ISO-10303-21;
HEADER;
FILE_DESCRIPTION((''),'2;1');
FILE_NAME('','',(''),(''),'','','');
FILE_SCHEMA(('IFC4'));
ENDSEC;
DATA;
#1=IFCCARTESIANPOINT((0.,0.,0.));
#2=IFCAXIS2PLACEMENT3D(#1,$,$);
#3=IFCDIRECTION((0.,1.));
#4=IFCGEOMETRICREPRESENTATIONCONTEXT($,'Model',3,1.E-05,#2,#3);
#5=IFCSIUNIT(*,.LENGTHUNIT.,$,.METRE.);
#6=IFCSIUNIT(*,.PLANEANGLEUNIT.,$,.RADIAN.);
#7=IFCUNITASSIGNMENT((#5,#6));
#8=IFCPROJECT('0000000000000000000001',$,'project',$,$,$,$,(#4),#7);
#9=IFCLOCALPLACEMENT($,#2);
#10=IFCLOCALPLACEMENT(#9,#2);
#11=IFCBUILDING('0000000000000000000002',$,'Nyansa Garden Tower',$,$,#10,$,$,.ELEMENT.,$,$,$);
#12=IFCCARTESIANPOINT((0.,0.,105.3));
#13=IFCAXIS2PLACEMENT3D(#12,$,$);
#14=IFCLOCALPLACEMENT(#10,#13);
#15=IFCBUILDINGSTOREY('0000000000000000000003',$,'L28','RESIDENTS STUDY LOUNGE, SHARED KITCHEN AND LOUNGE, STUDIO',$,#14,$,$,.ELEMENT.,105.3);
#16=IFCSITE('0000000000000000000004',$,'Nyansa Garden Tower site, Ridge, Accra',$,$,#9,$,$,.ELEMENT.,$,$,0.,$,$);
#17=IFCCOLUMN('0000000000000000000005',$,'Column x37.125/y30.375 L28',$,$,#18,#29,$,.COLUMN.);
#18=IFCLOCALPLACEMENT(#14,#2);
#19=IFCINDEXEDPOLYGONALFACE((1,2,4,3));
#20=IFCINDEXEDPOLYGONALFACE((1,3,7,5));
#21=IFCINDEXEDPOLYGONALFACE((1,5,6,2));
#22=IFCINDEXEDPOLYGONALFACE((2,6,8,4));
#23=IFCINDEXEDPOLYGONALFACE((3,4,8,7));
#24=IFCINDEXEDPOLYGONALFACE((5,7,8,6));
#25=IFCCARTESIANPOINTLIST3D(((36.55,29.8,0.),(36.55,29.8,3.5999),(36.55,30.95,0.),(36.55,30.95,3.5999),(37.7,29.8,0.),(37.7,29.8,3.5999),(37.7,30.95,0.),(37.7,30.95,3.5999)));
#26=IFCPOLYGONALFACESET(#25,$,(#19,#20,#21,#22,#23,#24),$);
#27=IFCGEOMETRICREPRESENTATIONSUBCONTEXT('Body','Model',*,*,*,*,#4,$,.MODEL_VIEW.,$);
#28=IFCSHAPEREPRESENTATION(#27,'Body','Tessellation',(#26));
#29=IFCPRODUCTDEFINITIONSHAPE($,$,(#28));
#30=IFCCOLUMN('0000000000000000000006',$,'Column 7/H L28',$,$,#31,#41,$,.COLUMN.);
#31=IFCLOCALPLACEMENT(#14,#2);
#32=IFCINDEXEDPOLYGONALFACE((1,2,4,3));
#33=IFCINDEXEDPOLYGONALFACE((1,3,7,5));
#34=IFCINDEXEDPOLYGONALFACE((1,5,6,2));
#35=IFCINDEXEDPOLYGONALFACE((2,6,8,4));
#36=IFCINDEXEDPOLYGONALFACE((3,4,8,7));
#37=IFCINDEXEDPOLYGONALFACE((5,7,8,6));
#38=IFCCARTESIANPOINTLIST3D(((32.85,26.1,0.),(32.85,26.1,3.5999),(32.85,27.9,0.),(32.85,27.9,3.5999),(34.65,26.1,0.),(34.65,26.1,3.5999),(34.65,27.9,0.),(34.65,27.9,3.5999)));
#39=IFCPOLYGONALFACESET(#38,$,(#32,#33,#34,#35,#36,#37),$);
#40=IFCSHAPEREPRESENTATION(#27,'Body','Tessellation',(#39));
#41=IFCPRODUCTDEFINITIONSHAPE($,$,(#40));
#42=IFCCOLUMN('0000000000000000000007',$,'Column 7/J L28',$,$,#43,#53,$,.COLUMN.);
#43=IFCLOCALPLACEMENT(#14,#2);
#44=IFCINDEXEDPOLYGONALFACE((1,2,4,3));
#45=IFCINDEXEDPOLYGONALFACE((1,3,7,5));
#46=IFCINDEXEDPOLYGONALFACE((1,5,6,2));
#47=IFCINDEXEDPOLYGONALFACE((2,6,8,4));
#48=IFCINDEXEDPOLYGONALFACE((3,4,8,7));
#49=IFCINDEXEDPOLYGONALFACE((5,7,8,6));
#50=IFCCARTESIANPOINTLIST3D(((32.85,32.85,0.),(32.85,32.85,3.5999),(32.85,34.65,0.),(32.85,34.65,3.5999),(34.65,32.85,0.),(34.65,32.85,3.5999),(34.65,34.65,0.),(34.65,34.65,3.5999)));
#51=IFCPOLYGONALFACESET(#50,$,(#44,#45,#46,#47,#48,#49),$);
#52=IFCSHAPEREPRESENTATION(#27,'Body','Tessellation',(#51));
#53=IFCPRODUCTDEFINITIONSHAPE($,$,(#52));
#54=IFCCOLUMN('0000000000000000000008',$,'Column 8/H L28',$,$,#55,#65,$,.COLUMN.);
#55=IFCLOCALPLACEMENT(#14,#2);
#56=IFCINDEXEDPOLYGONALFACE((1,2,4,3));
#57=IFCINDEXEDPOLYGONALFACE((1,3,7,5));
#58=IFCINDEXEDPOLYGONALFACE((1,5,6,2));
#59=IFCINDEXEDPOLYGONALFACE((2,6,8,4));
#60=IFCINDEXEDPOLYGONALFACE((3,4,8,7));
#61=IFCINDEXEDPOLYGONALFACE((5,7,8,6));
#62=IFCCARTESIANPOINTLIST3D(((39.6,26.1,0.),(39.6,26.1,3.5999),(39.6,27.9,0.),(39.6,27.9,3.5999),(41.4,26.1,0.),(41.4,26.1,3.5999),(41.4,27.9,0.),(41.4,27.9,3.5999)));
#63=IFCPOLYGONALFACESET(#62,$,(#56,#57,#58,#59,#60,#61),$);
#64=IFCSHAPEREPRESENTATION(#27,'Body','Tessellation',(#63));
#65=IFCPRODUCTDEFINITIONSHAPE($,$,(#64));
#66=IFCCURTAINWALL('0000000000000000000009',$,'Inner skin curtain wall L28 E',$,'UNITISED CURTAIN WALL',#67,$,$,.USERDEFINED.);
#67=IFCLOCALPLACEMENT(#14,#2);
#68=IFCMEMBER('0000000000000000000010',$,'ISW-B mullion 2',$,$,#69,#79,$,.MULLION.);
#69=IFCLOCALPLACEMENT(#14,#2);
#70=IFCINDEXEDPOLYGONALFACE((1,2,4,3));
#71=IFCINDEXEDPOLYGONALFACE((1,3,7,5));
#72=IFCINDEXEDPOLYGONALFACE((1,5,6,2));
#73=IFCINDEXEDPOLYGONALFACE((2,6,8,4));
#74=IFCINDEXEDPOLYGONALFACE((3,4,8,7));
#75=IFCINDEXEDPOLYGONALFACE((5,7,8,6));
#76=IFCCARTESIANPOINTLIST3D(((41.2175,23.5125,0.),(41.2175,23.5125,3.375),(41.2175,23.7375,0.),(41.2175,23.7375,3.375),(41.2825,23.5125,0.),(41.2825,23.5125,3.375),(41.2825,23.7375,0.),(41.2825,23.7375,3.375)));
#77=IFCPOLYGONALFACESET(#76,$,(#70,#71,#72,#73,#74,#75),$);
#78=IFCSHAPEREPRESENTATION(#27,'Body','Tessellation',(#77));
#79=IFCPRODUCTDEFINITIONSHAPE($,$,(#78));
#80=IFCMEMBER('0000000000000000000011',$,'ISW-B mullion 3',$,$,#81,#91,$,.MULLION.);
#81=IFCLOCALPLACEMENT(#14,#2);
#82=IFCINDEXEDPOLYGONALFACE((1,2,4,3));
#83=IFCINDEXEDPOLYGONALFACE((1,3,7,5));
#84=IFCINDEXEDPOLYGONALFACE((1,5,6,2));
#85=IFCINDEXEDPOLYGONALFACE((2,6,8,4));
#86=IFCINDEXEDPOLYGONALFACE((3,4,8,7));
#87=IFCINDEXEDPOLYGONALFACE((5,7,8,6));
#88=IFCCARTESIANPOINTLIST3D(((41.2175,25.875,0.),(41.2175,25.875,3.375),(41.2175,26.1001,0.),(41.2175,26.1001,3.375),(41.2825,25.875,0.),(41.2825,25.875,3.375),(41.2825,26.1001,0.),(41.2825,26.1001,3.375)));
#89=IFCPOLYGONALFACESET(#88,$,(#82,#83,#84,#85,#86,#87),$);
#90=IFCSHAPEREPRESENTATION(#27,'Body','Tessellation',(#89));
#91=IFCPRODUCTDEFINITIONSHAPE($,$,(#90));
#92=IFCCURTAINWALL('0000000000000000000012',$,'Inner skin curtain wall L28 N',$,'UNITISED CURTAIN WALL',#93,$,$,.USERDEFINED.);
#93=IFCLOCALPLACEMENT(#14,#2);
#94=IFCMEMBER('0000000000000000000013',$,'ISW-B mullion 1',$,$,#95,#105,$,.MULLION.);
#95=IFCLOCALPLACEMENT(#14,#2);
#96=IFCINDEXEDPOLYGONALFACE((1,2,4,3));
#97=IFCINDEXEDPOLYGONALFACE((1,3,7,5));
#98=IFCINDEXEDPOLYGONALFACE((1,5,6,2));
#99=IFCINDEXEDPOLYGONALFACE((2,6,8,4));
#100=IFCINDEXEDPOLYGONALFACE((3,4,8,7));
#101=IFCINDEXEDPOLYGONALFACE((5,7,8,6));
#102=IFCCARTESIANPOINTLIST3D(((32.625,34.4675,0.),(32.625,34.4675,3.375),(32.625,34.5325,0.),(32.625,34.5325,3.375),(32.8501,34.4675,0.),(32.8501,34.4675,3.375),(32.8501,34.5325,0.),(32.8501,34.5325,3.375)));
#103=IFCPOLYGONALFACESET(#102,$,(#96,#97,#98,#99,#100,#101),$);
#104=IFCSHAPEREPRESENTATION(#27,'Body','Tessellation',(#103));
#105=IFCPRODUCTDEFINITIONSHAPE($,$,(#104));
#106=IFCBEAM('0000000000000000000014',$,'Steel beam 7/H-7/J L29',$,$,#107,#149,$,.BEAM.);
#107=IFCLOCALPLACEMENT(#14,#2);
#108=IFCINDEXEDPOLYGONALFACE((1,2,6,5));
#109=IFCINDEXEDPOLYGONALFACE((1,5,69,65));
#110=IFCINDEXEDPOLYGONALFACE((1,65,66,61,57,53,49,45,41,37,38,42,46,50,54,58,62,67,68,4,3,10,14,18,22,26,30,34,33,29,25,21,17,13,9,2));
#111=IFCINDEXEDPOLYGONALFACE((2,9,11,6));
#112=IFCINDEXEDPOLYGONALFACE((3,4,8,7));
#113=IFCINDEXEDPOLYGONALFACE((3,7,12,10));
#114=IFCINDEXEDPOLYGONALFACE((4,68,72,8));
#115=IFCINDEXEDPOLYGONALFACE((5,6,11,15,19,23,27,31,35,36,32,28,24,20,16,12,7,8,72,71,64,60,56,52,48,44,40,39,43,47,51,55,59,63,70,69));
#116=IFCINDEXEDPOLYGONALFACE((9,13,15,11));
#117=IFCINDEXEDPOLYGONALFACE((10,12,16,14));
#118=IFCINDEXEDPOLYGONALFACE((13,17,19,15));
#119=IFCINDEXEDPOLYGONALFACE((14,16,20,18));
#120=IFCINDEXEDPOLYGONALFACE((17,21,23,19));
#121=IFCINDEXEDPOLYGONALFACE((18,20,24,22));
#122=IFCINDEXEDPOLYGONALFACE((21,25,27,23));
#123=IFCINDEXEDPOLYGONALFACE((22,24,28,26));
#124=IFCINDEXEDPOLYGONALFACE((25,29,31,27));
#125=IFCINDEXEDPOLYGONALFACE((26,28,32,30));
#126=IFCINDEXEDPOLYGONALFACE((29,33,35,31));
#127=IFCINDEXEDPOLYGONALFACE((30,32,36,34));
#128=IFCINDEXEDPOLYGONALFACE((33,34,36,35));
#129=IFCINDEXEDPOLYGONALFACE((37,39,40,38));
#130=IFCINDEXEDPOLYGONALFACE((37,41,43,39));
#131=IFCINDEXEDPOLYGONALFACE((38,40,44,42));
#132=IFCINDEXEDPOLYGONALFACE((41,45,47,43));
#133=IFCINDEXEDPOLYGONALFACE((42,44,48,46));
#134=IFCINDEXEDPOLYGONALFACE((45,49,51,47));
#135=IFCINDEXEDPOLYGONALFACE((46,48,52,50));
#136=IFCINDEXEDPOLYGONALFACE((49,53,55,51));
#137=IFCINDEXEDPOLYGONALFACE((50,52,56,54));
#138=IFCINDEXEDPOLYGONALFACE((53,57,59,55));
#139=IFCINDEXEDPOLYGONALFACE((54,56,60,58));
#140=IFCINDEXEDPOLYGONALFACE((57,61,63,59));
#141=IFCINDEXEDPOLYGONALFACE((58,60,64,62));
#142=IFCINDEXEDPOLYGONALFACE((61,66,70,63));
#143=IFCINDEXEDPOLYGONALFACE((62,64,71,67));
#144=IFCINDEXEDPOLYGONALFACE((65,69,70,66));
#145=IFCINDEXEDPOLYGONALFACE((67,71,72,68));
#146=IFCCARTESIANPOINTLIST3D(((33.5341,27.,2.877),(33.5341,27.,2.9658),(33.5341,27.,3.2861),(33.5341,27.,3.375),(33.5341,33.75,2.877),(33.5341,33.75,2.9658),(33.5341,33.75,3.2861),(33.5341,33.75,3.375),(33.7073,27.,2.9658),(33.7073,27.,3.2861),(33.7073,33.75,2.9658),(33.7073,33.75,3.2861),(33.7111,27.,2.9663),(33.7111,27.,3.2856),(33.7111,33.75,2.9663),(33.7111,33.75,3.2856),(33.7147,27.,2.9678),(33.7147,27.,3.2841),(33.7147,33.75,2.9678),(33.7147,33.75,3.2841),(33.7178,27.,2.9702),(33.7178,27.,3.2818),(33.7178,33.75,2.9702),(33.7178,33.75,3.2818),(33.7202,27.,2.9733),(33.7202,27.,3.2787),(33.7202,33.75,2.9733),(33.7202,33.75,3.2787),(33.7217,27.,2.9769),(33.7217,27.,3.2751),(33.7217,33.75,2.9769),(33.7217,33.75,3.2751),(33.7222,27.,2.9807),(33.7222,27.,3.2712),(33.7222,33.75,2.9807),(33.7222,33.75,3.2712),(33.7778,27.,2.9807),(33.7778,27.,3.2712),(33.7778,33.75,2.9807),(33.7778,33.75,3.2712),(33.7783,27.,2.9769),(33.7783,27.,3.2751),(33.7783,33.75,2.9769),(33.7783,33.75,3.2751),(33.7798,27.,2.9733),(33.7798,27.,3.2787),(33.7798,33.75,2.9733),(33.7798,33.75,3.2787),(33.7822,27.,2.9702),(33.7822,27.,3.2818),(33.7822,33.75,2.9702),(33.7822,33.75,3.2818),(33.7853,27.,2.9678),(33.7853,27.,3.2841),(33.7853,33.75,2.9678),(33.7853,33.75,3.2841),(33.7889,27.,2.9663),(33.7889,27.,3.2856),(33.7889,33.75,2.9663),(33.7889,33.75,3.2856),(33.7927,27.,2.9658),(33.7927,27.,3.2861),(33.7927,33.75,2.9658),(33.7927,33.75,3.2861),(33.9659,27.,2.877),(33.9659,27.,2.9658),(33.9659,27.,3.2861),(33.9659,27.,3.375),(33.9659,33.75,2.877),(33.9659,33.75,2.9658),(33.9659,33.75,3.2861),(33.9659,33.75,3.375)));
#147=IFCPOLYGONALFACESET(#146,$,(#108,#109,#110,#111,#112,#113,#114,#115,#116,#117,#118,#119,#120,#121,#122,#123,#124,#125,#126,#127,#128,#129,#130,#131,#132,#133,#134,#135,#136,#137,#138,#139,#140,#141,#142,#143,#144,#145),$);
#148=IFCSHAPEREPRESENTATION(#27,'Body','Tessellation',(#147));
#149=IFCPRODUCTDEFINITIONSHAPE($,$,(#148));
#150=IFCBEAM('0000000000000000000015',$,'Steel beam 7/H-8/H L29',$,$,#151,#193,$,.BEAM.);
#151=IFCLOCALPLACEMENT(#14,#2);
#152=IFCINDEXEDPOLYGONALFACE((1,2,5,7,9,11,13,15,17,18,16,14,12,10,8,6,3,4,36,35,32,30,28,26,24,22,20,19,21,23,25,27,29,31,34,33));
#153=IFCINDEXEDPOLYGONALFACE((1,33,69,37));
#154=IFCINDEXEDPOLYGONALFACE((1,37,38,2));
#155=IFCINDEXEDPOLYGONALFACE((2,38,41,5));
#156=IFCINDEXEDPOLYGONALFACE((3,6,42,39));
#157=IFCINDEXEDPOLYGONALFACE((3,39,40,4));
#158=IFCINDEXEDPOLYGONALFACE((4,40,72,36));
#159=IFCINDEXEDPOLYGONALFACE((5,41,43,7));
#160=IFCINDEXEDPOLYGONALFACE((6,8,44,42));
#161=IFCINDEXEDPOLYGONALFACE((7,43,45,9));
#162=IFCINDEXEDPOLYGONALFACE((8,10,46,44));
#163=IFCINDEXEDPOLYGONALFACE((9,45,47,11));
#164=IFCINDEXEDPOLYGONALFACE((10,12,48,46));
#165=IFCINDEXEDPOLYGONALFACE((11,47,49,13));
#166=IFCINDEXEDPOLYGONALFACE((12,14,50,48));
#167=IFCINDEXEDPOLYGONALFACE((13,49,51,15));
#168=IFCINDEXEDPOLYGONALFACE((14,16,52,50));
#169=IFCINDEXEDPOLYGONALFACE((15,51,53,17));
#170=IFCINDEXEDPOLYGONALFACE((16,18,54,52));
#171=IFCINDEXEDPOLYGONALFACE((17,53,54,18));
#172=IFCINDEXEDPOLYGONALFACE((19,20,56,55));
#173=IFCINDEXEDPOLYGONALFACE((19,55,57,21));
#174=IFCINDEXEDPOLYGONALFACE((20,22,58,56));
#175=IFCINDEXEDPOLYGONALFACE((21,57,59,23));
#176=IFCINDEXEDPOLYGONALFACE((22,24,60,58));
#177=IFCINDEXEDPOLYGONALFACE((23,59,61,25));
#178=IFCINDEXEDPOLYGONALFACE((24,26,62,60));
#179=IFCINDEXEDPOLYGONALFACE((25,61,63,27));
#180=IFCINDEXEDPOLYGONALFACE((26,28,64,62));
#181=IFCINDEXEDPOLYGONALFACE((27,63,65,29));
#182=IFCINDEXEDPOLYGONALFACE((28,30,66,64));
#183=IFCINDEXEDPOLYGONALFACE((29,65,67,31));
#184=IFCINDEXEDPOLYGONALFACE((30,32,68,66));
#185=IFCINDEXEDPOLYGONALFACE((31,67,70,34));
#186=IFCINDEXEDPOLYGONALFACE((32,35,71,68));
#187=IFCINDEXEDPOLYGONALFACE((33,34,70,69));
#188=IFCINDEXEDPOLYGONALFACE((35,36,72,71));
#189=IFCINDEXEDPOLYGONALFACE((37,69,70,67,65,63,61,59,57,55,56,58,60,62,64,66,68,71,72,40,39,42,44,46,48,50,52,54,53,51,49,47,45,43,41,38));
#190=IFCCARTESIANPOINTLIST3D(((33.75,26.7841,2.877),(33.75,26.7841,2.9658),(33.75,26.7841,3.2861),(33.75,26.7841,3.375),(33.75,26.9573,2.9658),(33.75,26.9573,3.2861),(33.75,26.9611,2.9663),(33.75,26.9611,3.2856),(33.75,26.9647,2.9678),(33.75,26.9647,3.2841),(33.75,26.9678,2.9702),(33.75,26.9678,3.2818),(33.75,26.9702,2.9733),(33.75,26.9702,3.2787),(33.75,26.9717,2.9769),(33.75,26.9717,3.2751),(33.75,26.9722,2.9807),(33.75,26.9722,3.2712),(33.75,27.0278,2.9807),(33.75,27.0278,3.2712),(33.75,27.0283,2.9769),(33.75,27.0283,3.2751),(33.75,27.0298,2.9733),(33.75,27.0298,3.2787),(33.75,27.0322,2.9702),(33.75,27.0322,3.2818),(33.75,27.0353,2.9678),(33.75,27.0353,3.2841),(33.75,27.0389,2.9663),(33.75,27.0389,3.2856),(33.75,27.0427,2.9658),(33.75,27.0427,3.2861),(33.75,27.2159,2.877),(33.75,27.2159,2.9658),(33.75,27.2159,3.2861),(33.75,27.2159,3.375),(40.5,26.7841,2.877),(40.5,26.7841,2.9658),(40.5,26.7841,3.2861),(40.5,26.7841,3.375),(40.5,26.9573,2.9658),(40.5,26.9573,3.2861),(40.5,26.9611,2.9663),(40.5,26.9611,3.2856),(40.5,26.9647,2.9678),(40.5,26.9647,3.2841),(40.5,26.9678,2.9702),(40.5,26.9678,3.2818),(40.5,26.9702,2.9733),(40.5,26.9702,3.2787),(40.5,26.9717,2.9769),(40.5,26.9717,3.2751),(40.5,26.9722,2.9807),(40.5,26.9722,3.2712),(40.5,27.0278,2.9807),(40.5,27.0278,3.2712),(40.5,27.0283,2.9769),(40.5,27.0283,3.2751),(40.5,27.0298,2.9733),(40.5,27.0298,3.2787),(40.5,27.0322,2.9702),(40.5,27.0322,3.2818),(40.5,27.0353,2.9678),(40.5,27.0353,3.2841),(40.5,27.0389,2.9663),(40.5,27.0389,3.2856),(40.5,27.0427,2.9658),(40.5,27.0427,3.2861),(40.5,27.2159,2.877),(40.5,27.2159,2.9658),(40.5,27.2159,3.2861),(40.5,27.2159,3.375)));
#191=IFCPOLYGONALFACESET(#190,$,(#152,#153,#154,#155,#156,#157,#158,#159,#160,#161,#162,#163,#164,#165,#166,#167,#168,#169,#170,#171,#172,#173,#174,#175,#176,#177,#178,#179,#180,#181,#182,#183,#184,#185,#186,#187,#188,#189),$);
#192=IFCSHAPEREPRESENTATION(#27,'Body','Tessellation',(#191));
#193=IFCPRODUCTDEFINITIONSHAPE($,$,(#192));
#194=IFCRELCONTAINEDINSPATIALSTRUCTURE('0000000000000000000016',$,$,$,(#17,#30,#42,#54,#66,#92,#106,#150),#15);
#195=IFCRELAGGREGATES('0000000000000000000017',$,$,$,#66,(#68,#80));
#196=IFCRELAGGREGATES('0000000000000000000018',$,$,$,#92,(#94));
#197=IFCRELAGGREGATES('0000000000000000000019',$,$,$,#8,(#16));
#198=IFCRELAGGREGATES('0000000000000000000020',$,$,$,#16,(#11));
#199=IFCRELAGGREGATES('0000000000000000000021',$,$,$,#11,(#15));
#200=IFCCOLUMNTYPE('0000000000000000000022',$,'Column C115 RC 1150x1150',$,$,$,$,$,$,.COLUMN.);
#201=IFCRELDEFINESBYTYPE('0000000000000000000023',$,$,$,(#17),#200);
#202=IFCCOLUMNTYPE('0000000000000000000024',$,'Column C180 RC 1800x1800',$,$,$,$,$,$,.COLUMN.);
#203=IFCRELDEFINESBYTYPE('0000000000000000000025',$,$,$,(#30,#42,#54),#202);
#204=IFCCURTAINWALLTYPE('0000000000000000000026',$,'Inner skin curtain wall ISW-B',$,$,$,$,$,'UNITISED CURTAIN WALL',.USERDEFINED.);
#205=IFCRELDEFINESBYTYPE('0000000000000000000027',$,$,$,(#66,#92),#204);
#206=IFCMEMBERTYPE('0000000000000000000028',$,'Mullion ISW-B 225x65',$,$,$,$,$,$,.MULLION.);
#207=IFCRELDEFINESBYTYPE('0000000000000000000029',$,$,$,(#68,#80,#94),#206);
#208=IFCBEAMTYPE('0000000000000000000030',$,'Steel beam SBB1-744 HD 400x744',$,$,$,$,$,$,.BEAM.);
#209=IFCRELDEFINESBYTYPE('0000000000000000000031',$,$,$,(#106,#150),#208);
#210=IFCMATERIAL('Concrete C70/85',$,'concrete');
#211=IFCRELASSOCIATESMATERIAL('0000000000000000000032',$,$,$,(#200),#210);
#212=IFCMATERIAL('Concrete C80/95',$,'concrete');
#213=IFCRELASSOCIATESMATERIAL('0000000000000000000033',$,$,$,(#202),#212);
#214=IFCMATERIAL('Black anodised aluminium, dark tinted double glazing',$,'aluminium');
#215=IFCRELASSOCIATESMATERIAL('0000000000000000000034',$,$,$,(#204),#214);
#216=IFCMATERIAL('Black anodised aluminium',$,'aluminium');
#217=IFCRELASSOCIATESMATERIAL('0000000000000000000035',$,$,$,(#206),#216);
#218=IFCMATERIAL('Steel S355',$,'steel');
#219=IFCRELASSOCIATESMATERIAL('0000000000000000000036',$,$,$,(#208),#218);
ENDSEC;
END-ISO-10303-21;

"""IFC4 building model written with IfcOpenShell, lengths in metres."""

from ifc_helpers import new_model, si_unit, direction, frame, origin, origin_2d, place, context, subcontext, project, spatial, rectangle, i_section, extrude, material, material_profile, profile_set, type_object, element, aggregate, save


model = new_model("IFC4")

# Units and contexts
model_context = context("Model", 3, precision=1e-05, world=origin(), true_north=direction((0.0, 1.0)))
body_context = subcontext(model_context, "Body", "Model", "MODEL_VIEW")
ifc_project = project(units=[si_unit("LENGTHUNIT", "METRE"), si_unit("PLANEANGLEUNIT", "RADIAN")], contexts=[model_context])

# Site, building, storey
site_placement = place(None, origin())
site = spatial("IfcSite", under=ifc_project, at=site_placement, Name="Nyansa Garden Tower site, Ridge, Accra", CompositionType="ELEMENT", RefElevation=0.0)
building_placement = place(site_placement, origin())
building = spatial("IfcBuilding", under=site, at=building_placement, Name="Nyansa Garden Tower", CompositionType="ELEMENT")
storey_placement = place(building_placement, frame((0.0, 0.0, 105.3)))
storey = spatial("IfcBuildingStorey", under=building, at=storey_placement, Name="L28", Description="RESIDENTS STUDY LOUNGE, SHARED KITCHEN AND LOUNGE, STUDIO", CompositionType="ELEMENT", Elevation=105.3)

# Columns
ifc_material_1 = material(Name="Concrete C70/85", Category="concrete")
ifc_material_profile_1 = material_profile(ifc_material_1, rectangle(XDim=1.1499, YDim=1.1499, at=origin_2d()), Name="RC 1150x1150")
ifc_profile_set_1 = profile_set([ifc_material_profile_1], Name="Concrete C70/85")
column_type_1 = type_object("IfcColumnType", Name="Column C115 RC 1150x1150", PredefinedType="COLUMN", material=ifc_profile_set_1)
column_placement = place(storey_placement, frame((37.125, 30.375, 0.0), z_axis=(0.0, 0.0, 1.0), x_axis=(1.0, 0.0, 0.0)))
element("IfcColumn", 1, at=column_placement, inside=storey, type_object=column_type_1, Name="Column x37.125/y30.375 L28", PredefinedType="COLUMN", context=body_context, shape_type="SweptSolid", body=[
    extrude(rectangle(XDim=1.1499, YDim=1.1499, at=origin_2d()), origin(), (0.0, 0.0, 1.0), 3.5999),
])
ifc_material_2 = material(Name="Concrete C80/95", Category="concrete")
ifc_material_profile_2 = material_profile(ifc_material_2, rectangle(XDim=1.8, YDim=1.8, at=origin_2d()), Name="RC 1800x1800")
ifc_profile_set_2 = profile_set([ifc_material_profile_2], Name="Concrete C80/95")
column_type_2 = type_object("IfcColumnType", Name="Column C180 RC 1800x1800", PredefinedType="COLUMN", material=ifc_profile_set_2)
for number, where, z_axis, x_axis, name in (
    (2, (33.75, 27.0, 0.0), (0.0, 0.0, 1.0), (1.0, 0.0, 0.0), "Column 7/H L28"),
    (3, (33.75, 33.75, 0.0), (0.0, 0.0, 1.0), (1.0, 0.0, 0.0), "Column 7/J L28"),
    (4, (40.5, 27.0, 0.0), (0.0, 0.0, 1.0), (1.0, 0.0, 0.0), "Column 8/H L28"),
):
    element("IfcColumn", number, at=place(storey_placement, frame(where, z_axis=z_axis, x_axis=x_axis)), inside=storey, type_object=column_type_2, Name=name, PredefinedType="COLUMN", context=body_context, shape_type="SweptSolid", body=[
        extrude(rectangle(XDim=1.8, YDim=1.8, at=origin_2d()), origin(), (0.0, 0.0, 1.0), 3.5999),
    ])

# Curtain wall, members
ifc_material_3 = material(Name="Black anodised aluminium, dark tinted double glazing", Category="aluminium")
curtain_wall_type = type_object("IfcCurtainWallType", Name="Inner skin curtain wall ISW-B", ElementType="UNITISED CURTAIN WALL", PredefinedType="USERDEFINED", material=ifc_material_3)
curtain_wall_1_placement = place(storey_placement, origin())
curtain_wall_1 = element("IfcCurtainWall", 5, at=curtain_wall_1_placement, inside=storey, type_object=curtain_wall_type, Name="Inner skin curtain wall L28 E", ObjectType="UNITISED CURTAIN WALL", PredefinedType="USERDEFINED")
ifc_material_4 = material(Name="Black anodised aluminium", Category="aluminium")
ifc_material_profile_3 = material_profile(ifc_material_4, rectangle(XDim=0.0649, YDim=0.2251, at=origin_2d()), Name="Mullion 225x65")
ifc_profile_set_3 = profile_set([ifc_material_profile_3], Name="Black anodised aluminium")
member_type_1 = type_object("IfcMemberType", Name="Mullion ISW-B 225x65", PredefinedType="MULLION", material=ifc_profile_set_3)
member_1_placement = place(storey_placement, frame((41.25, 23.625, 0.0), z_axis=(0.0, 0.0, 1.0), x_axis=(-1.0, 0.0, 0.0)))
member_1 = element("IfcMember", 6, at=member_1_placement, type_object=member_type_1, Name="ISW-B mullion 2", PredefinedType="MULLION", context=body_context, shape_type="SweptSolid", body=[
    extrude(rectangle(XDim=0.0649, YDim=0.2251, at=origin_2d()), origin(), (0.0, 0.0, 1.0), 3.375),
])
member_2_placement = place(storey_placement, frame((41.25, 25.9875, 0.0), z_axis=(0.0, 0.0, 1.0), x_axis=(-1.0, 0.0, 0.0)))
member_2 = element("IfcMember", 7, at=member_2_placement, type_object=member_type_1, Name="ISW-B mullion 3", PredefinedType="MULLION", context=body_context, shape_type="SweptSolid", body=[
    extrude(rectangle(XDim=0.0649, YDim=0.2251, at=origin_2d()), origin(), (0.0, 0.0, 1.0), 3.375),
])

# Curtain wall, member
curtain_wall_2_placement = place(storey_placement, origin())
curtain_wall_2 = element("IfcCurtainWall", 8, at=curtain_wall_2_placement, inside=storey, type_object=curtain_wall_type, Name="Inner skin curtain wall L28 N", ObjectType="UNITISED CURTAIN WALL", PredefinedType="USERDEFINED")
member_3_placement = place(storey_placement, frame((32.7375, 34.5, 0.0), z_axis=(0.0, 0.0, 1.0), x_axis=(0.0, -1.0, 0.0)))
member_3 = element("IfcMember", 9, at=member_3_placement, type_object=member_type_1, Name="ISW-B mullion 1", PredefinedType="MULLION", context=body_context, shape_type="SweptSolid", body=[
    extrude(rectangle(XDim=0.0649, YDim=0.2251, at=origin_2d()), origin(), (0.0, 0.0, 1.0), 3.375),
])

# Beams
ifc_material_5 = material(Name="Steel S355", Category="steel")
ifc_material_profile_4 = material_profile(ifc_material_5, i_section(OverallWidth=0.4319, OverallDepth=0.498, WebThickness=0.0557, FlangeThickness=0.0889, FilletRadius=0.0149, at=origin_2d()), Name="HD 400x744")
ifc_profile_set_4 = profile_set([ifc_material_profile_4], Name="Steel S355")
beam_type_1 = type_object("IfcBeamType", Name="Steel beam SBB1-744 HD 400x744", PredefinedType="BEAM", material=ifc_profile_set_4)
for number, where, z_axis, x_axis, name in (
    (10, (33.75, 27.0, 3.126), (0.0, 1.0, 0.0), (-1.0, 0.0, 0.0), "Steel beam 7/H-7/J L29"),
    (11, (33.75, 27.0, 3.126), (1.0, 0.0, 0.0), (0.0, 1.0, 0.0), "Steel beam 7/H-8/H L29"),
):
    element("IfcBeam", number, at=place(storey_placement, frame(where, z_axis=z_axis, x_axis=x_axis)), inside=storey, type_object=beam_type_1, Name=name, PredefinedType="BEAM", context=body_context, shape_type="SweptSolid", body=[
        extrude(i_section(OverallWidth=0.4319, OverallDepth=0.498, WebThickness=0.0557, FlangeThickness=0.0889, FilletRadius=0.0149, at=origin_2d()), origin(), (0.0, 0.0, 1.0), 6.75),
    ])

aggregate(curtain_wall_1, [member_1, member_2])
aggregate(curtain_wall_2, [member_3])

save(model, "model.ifc")
